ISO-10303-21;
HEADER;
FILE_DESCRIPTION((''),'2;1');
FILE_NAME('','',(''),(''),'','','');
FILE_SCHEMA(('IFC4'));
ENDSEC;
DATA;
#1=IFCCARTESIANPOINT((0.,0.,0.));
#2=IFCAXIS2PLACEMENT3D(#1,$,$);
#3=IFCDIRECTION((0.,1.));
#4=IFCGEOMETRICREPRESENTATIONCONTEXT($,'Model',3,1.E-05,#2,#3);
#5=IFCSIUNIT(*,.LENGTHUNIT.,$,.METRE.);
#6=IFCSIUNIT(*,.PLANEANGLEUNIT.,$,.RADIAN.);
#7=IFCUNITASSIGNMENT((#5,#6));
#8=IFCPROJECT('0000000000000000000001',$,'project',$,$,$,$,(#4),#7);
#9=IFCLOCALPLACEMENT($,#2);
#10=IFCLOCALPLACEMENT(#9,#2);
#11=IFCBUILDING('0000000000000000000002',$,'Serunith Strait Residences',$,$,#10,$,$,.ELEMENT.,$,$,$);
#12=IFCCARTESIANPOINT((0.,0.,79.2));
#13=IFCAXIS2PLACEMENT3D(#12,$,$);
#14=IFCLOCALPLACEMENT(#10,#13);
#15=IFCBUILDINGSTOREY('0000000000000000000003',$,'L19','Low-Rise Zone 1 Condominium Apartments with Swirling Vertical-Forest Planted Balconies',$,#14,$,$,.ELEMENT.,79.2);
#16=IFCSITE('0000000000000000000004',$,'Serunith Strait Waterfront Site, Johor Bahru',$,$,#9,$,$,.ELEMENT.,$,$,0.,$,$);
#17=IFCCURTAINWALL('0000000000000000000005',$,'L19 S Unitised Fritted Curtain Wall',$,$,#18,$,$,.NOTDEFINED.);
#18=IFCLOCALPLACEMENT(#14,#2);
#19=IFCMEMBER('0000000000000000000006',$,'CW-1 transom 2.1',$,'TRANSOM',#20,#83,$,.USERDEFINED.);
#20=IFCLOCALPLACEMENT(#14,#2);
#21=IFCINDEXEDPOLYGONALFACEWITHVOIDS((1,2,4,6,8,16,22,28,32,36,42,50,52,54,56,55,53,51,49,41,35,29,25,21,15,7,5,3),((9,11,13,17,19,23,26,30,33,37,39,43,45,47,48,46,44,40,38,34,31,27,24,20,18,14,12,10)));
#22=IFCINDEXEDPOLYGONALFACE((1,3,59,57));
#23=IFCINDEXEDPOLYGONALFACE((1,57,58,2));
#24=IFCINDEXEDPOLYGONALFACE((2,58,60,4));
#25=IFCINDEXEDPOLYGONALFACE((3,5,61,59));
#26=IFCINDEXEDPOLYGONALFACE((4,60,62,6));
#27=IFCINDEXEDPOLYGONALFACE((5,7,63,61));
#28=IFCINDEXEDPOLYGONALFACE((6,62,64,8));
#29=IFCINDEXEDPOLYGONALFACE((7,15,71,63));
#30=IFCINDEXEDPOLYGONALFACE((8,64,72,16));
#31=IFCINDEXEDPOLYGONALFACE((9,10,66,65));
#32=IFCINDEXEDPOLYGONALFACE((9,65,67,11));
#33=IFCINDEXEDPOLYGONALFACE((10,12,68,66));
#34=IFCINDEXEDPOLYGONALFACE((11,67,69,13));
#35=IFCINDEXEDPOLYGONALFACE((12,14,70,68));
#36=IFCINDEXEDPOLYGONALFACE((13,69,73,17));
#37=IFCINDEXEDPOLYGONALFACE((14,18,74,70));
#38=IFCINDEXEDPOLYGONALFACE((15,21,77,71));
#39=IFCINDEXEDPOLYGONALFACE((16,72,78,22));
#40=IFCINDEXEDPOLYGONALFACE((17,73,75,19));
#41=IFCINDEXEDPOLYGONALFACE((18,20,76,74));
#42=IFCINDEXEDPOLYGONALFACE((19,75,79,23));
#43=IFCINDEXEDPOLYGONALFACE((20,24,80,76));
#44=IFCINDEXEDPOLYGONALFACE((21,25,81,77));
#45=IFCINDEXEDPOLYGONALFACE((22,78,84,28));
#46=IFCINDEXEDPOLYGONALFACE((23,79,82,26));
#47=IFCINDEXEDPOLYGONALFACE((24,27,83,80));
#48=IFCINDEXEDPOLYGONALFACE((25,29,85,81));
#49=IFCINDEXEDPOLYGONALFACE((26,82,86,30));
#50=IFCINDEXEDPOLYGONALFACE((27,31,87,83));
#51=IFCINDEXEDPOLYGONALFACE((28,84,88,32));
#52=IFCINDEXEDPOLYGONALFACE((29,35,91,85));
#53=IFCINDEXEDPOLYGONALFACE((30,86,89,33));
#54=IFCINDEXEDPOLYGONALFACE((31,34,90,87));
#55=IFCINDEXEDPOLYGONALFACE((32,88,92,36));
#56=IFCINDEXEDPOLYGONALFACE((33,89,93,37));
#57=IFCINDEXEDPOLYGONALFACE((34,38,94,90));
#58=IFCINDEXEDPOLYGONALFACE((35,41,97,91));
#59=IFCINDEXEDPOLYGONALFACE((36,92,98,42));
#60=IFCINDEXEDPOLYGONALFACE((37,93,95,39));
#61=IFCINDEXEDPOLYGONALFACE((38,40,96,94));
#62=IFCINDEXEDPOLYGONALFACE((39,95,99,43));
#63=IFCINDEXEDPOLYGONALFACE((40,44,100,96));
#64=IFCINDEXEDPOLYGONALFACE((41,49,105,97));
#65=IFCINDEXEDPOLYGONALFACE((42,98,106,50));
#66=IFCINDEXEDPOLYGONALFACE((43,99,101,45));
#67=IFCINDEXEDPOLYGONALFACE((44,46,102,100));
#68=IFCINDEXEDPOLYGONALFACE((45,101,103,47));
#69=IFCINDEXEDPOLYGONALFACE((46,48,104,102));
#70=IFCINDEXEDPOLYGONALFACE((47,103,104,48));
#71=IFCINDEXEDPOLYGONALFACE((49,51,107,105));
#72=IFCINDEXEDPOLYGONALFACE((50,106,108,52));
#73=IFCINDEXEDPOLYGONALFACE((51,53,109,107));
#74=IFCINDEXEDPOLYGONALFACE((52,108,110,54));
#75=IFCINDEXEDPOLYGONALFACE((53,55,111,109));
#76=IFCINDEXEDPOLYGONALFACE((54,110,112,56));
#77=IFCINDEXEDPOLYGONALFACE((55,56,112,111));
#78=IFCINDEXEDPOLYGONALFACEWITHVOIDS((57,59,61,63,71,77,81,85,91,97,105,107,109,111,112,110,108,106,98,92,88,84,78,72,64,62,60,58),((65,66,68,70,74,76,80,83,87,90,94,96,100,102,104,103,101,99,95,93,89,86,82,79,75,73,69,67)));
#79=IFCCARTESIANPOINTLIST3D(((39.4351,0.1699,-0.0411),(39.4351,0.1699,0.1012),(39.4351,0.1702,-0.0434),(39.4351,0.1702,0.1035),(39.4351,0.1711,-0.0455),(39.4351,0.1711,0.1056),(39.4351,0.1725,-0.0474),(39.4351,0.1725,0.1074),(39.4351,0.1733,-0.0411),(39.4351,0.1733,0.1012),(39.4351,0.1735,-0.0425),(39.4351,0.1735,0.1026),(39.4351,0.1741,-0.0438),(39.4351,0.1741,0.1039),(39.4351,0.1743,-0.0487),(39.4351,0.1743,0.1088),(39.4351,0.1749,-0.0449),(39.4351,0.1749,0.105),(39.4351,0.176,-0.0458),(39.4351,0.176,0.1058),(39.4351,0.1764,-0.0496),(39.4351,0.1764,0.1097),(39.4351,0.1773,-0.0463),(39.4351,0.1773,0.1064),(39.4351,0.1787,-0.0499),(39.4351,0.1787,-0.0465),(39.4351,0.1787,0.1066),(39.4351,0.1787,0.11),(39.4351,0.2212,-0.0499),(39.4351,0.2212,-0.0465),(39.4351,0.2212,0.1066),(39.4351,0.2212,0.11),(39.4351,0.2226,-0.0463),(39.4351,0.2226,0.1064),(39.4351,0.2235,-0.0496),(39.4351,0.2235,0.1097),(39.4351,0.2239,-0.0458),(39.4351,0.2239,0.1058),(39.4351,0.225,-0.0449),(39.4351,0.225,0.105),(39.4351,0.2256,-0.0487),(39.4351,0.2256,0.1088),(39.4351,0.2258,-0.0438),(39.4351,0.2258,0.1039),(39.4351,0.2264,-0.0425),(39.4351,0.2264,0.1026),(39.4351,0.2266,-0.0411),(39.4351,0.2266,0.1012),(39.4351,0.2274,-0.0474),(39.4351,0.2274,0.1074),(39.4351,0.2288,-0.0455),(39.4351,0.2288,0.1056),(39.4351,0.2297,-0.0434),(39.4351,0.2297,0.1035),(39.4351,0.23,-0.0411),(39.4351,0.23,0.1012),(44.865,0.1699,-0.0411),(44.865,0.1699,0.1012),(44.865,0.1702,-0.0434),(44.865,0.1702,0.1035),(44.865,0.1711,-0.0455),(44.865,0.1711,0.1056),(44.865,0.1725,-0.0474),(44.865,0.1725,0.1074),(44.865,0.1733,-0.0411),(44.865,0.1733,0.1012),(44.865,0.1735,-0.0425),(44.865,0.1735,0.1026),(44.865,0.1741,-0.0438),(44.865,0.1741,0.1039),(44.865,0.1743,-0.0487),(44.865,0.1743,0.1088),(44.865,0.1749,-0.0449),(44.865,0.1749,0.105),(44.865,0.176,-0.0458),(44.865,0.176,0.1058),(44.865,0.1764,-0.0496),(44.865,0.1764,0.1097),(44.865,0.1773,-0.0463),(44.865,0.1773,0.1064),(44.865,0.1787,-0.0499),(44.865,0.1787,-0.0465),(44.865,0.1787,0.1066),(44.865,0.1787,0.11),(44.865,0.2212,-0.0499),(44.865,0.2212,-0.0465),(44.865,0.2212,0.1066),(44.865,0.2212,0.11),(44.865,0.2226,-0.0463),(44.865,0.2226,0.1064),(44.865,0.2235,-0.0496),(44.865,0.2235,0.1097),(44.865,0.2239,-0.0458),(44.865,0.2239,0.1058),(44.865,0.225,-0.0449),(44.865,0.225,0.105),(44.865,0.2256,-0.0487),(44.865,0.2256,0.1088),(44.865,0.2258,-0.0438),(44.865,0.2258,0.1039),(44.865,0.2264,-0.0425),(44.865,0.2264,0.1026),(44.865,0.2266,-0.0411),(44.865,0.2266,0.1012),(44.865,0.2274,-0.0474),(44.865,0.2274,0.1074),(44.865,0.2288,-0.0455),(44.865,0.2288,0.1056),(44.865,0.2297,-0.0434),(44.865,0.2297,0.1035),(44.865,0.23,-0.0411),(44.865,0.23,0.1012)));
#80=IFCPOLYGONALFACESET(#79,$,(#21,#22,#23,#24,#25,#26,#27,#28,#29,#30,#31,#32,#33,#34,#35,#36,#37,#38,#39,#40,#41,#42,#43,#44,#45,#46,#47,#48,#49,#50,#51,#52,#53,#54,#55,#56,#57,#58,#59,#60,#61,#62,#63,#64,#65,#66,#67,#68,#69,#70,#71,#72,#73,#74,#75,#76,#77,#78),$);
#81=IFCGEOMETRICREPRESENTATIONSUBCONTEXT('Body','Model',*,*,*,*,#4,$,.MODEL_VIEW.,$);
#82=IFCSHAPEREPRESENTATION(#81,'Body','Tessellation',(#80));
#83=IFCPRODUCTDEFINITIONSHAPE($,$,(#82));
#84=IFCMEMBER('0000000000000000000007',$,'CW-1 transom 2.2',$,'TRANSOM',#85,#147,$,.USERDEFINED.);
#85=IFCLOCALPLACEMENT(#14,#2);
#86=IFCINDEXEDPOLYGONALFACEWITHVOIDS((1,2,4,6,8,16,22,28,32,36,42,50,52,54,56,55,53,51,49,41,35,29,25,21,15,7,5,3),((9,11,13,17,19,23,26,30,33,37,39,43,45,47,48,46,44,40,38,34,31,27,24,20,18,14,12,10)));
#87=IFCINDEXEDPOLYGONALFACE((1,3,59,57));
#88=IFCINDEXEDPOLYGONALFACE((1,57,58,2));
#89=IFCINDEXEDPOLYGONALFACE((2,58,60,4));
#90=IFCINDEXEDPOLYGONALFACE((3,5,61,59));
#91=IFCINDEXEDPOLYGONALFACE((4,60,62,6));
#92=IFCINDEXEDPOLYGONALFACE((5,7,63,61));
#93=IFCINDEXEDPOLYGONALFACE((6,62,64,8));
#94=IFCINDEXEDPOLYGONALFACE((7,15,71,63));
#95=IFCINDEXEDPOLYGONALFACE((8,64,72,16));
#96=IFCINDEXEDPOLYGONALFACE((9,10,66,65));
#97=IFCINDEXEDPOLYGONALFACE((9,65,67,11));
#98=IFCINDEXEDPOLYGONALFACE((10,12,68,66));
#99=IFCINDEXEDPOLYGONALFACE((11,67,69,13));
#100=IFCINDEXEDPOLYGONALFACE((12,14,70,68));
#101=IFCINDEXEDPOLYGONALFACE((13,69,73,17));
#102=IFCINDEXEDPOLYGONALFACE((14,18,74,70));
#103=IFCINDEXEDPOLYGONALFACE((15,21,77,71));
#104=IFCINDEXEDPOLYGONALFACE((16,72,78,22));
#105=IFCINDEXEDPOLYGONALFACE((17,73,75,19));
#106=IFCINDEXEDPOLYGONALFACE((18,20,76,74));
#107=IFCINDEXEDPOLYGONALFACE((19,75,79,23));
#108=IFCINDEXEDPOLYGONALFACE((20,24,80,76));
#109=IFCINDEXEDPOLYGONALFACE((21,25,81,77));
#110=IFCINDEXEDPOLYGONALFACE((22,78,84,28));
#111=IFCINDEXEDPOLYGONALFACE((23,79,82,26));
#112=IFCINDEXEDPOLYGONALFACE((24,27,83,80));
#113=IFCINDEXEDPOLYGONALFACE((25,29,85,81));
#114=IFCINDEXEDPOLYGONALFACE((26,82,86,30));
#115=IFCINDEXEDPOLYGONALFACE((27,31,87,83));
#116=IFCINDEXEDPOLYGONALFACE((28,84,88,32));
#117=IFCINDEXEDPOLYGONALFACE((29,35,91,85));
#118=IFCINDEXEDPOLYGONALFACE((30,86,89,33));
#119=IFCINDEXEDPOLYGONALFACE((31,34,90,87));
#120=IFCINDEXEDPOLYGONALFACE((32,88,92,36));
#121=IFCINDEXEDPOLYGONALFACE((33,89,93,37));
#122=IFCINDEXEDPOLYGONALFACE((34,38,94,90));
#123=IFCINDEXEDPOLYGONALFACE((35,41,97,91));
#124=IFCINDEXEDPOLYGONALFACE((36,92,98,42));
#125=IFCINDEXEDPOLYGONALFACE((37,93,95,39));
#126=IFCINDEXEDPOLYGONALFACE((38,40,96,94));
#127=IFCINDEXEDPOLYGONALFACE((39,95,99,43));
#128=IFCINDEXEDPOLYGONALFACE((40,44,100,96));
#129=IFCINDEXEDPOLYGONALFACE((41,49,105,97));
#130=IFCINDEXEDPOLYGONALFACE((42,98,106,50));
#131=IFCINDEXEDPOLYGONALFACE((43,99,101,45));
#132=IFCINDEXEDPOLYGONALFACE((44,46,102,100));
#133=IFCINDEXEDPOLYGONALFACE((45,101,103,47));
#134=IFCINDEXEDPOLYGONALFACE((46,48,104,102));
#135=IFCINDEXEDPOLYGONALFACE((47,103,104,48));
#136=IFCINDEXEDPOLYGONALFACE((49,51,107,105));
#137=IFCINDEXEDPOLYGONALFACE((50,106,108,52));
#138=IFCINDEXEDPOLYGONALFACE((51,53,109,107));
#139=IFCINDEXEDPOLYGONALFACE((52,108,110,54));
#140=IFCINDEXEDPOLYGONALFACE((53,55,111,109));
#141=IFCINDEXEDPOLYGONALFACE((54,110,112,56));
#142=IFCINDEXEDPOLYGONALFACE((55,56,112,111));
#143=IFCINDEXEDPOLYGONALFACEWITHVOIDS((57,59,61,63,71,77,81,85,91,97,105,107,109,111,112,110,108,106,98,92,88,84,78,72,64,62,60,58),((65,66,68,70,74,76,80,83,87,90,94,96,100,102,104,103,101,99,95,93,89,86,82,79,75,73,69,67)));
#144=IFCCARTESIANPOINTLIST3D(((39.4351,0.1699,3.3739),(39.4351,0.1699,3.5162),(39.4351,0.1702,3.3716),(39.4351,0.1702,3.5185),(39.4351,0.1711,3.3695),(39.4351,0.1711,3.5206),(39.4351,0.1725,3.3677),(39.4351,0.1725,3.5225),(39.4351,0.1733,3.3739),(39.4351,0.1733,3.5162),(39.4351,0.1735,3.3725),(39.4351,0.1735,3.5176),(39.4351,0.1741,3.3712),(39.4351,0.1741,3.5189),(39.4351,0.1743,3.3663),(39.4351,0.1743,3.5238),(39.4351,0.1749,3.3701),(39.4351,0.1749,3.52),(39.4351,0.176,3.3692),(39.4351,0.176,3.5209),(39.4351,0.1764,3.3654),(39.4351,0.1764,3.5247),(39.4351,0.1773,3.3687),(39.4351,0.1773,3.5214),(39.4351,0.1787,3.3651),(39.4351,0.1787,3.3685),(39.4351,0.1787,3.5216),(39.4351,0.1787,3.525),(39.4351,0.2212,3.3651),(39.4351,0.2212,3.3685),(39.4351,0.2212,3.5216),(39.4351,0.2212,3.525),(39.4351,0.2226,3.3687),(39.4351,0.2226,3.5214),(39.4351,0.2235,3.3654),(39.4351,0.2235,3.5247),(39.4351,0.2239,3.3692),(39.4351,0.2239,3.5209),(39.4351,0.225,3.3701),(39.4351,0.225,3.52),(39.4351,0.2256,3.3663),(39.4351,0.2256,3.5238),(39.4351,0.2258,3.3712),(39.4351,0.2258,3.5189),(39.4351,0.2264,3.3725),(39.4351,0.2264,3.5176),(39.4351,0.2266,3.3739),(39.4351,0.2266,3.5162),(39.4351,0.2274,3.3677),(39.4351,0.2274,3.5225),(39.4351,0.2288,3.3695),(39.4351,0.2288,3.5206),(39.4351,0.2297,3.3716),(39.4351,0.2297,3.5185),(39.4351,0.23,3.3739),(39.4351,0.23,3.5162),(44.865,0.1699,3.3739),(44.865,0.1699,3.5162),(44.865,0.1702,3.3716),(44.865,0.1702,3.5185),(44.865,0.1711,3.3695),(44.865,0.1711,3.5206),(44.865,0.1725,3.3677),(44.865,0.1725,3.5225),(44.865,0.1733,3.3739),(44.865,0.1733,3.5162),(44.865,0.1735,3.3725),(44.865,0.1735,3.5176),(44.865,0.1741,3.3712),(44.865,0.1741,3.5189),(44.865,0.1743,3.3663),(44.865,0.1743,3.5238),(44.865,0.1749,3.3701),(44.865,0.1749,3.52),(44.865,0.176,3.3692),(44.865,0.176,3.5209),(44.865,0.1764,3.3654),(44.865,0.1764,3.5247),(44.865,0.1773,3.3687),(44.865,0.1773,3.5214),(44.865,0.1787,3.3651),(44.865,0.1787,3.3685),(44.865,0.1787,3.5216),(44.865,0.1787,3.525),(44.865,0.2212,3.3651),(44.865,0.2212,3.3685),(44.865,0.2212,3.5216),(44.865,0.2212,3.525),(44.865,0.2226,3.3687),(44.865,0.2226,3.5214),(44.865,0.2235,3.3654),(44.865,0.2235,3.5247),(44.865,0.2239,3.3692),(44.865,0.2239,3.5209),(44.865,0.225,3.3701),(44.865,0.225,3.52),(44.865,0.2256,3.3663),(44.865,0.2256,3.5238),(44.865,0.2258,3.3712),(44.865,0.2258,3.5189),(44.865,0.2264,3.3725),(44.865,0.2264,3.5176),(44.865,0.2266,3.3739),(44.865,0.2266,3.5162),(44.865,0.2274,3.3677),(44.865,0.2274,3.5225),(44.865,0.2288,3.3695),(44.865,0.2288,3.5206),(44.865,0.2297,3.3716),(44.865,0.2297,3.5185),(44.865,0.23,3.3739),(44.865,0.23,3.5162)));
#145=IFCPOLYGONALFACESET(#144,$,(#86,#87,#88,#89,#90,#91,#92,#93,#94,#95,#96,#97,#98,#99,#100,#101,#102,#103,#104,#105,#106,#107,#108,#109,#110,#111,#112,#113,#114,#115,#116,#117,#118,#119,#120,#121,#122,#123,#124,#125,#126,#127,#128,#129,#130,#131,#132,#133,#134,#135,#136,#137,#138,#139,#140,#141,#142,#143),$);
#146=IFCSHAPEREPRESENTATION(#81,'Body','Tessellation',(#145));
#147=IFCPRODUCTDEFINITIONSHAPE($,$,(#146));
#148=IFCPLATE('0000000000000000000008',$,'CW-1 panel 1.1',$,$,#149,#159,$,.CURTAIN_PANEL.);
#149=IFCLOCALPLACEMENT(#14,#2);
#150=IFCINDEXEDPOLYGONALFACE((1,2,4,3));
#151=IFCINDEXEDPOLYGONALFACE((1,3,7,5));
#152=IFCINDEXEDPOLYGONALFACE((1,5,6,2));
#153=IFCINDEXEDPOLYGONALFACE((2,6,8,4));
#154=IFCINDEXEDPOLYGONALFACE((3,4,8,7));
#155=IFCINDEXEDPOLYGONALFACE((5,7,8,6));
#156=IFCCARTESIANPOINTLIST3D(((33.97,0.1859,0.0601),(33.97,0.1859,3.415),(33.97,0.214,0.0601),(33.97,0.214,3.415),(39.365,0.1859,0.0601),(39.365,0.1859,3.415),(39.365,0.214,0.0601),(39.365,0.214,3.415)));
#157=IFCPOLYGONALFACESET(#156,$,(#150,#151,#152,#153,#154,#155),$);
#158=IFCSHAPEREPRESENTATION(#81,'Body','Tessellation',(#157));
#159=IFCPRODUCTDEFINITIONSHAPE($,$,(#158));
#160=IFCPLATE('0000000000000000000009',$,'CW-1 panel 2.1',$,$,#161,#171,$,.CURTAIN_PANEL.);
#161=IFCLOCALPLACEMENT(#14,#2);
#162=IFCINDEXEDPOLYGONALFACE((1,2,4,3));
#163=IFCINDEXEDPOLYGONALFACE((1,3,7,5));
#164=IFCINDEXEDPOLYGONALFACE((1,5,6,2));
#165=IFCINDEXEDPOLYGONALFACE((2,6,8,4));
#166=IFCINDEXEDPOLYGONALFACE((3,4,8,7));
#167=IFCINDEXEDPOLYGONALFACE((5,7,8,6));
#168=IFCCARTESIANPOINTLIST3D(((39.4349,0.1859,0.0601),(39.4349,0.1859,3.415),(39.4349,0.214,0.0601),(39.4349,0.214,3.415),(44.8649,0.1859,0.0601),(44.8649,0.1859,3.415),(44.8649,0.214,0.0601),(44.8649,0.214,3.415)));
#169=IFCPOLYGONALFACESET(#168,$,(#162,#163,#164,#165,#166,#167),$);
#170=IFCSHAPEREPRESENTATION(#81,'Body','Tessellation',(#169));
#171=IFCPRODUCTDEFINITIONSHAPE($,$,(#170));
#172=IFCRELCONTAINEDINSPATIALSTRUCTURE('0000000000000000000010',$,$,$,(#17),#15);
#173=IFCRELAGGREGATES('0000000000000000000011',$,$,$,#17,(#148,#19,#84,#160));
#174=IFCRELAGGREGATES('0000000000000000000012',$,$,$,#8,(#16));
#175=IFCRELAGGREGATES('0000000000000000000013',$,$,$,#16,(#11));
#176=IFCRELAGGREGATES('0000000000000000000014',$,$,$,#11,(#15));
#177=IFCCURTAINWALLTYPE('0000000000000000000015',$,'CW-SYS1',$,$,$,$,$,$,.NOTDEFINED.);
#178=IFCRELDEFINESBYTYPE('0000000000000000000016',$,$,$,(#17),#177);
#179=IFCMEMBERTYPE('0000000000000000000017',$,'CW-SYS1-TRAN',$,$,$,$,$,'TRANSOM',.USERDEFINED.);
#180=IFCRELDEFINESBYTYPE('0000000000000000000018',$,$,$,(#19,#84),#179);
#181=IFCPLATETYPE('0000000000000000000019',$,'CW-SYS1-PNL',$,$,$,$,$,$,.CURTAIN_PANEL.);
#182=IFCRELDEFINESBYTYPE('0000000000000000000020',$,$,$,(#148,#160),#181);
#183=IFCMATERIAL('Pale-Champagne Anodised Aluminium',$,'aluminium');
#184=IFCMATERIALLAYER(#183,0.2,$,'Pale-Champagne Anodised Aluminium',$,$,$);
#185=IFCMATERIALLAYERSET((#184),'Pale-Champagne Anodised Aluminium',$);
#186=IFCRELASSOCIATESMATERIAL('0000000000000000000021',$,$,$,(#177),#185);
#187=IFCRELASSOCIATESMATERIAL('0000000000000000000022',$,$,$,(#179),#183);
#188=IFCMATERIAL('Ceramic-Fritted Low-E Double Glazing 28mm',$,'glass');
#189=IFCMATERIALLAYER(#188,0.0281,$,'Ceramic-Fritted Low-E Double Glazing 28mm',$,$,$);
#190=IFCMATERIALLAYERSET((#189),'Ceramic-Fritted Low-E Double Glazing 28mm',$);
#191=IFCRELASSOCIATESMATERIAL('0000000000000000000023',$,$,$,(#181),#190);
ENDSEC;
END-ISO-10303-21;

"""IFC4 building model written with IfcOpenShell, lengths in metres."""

from ifc_helpers import new_model, si_unit, direction, frame, origin, origin_2d, place, context, subcontext, project, spatial, rectangle, hollow_rectangle, extrude, source, transform, mapped, material, layer, layer_set, material_profile, profile_set, type_object, element, aggregate, save


model = new_model("IFC4")

# Units and contexts
model_context = context("Model", 3, precision=1e-05, world=origin(), true_north=direction((0.0, 1.0)))
body_context = subcontext(model_context, "Body", "Model", "MODEL_VIEW")
ifc_project = project(units=[si_unit("LENGTHUNIT", "METRE"), si_unit("PLANEANGLEUNIT", "RADIAN")], contexts=[model_context])

# Site, building, storey
site_placement = place(None, origin())
site = spatial("IfcSite", under=ifc_project, at=site_placement, Name="Serunith Strait Waterfront Site, Johor Bahru", CompositionType="ELEMENT", RefElevation=0.0)
building_placement = place(site_placement, origin())
building = spatial("IfcBuilding", under=site, at=building_placement, Name="Serunith Strait Residences", CompositionType="ELEMENT")
storey_placement = place(building_placement, frame((0.0, 0.0, 79.2)))
storey = spatial("IfcBuildingStorey", under=building, at=storey_placement, Name="L19", Description="Low-Rise Zone 1 Condominium Apartments with Swirling Vertical-Forest Planted Balconies", CompositionType="ELEMENT", Elevation=79.2)

# Curtain wall, members, plates
ifc_material_1 = material(Name="Pale-Champagne Anodised Aluminium", Category="aluminium")
ifc_layer_1 = layer(ifc_material_1, 0.2, Name="Pale-Champagne Anodised Aluminium")
ifc_layer_set_1 = layer_set([ifc_layer_1], Name="Pale-Champagne Anodised Aluminium")
curtain_wall_type = type_object("IfcCurtainWallType", Name="CW-SYS1", PredefinedType="NOTDEFINED", material=ifc_layer_set_1)
curtain_wall_placement = place(storey_placement, origin())
curtain_wall = element("IfcCurtainWall", 1, at=curtain_wall_placement, inside=storey, type_object=curtain_wall_type, Name="L19 S Unitised Fritted Curtain Wall", PredefinedType="NOTDEFINED")
ifc_material_profile_1 = material_profile(ifc_material_1, hollow_rectangle(XDim=0.0601, YDim=0.1599, WallThickness=0.0034, InnerFilletRadius=0.0054, OuterFilletRadius=0.0088, at=origin_2d()), Name="ALU 160x60x3.5")
ifc_profile_set_1 = profile_set([ifc_material_profile_1], Name="Pale-Champagne Anodised Aluminium")
member_type_1 = type_object("IfcMemberType", Name="CW-SYS1-TRAN", ElementType="TRANSOM", PredefinedType="USERDEFINED", material=ifc_profile_set_1)
shared_shape_1 = source(origin(), body_context, "Body", "SweptSolid", [
    extrude(hollow_rectangle(XDim=0.0601, YDim=0.1599, WallThickness=0.0034, InnerFilletRadius=0.0054, OuterFilletRadius=0.0088, at=origin_2d()), origin(), (0.0, 0.0, 1.0), 5.4299),
])
member_1_placement = place(storey_placement, frame((39.4351, 0.2, 0.03), z_axis=(1.0, 0.0, 0.0), x_axis=(0.0, 1.0, 0.0)))
member_1 = element("IfcMember", 2, at=member_1_placement, type_object=member_type_1, Name="CW-1 transom 2.1", ObjectType="TRANSOM", PredefinedType="USERDEFINED", context=body_context, shape_type="MappedRepresentation", body=[
    mapped(shared_shape_1, transform((0.0, 0.0, 0.0), scale=1.0)),
])
member_2_placement = place(storey_placement, frame((39.4351, 0.2, 3.4451), z_axis=(1.0, 0.0, 0.0), x_axis=(0.0, 1.0, 0.0)))
member_2 = element("IfcMember", 3, at=member_2_placement, type_object=member_type_1, Name="CW-1 transom 2.2", ObjectType="TRANSOM", PredefinedType="USERDEFINED", context=body_context, shape_type="MappedRepresentation", body=[
    mapped(shared_shape_1, transform((0.0, 0.0, 0.0), scale=1.0)),
])
ifc_material_2 = material(Name="Ceramic-Fritted Low-E Double Glazing 28mm", Category="glass")
ifc_layer_2 = layer(ifc_material_2, 0.0281, Name="Ceramic-Fritted Low-E Double Glazing 28mm")
ifc_layer_set_2 = layer_set([ifc_layer_2], Name="Ceramic-Fritted Low-E Double Glazing 28mm")
plate_type = type_object("IfcPlateType", Name="CW-SYS1-PNL", PredefinedType="CURTAIN_PANEL", material=ifc_layer_set_2)
shared_shape_2 = source(origin(), body_context, "Body", "SweptSolid", [
    extrude(rectangle(XDim=5.395, YDim=0.0281, at=origin_2d()), origin(), (0.0, 0.0, 1.0), 3.355),
])
plate_1_placement = place(storey_placement, frame((36.6675, 0.2, 0.0601), z_axis=(0.0, 0.0, 1.0), x_axis=(1.0, 0.0, 0.0)))
plate_1 = element("IfcPlate", 4, at=plate_1_placement, type_object=plate_type, Name="CW-1 panel 1.1", PredefinedType="CURTAIN_PANEL", context=body_context, shape_type="MappedRepresentation", body=[
    mapped(shared_shape_2, transform((0.0, 0.0, 0.0), scale=1.0)),
])
shared_shape_3 = source(origin(), body_context, "Body", "SweptSolid", [
    extrude(rectangle(XDim=5.4299, YDim=0.0281, at=origin_2d()), origin(), (0.0, 0.0, 1.0), 3.355),
])
plate_2_placement = place(storey_placement, frame((42.1499, 0.2, 0.0601), z_axis=(0.0, 0.0, 1.0), x_axis=(1.0, 0.0, 0.0)))
plate_2 = element("IfcPlate", 5, at=plate_2_placement, type_object=plate_type, Name="CW-1 panel 2.1", PredefinedType="CURTAIN_PANEL", context=body_context, shape_type="MappedRepresentation", body=[
    mapped(shared_shape_3, transform((0.0, 0.0, 0.0), scale=1.0)),
])
aggregate(curtain_wall, [plate_1, member_1, member_2, plate_2])

save(model, "model.ifc")
